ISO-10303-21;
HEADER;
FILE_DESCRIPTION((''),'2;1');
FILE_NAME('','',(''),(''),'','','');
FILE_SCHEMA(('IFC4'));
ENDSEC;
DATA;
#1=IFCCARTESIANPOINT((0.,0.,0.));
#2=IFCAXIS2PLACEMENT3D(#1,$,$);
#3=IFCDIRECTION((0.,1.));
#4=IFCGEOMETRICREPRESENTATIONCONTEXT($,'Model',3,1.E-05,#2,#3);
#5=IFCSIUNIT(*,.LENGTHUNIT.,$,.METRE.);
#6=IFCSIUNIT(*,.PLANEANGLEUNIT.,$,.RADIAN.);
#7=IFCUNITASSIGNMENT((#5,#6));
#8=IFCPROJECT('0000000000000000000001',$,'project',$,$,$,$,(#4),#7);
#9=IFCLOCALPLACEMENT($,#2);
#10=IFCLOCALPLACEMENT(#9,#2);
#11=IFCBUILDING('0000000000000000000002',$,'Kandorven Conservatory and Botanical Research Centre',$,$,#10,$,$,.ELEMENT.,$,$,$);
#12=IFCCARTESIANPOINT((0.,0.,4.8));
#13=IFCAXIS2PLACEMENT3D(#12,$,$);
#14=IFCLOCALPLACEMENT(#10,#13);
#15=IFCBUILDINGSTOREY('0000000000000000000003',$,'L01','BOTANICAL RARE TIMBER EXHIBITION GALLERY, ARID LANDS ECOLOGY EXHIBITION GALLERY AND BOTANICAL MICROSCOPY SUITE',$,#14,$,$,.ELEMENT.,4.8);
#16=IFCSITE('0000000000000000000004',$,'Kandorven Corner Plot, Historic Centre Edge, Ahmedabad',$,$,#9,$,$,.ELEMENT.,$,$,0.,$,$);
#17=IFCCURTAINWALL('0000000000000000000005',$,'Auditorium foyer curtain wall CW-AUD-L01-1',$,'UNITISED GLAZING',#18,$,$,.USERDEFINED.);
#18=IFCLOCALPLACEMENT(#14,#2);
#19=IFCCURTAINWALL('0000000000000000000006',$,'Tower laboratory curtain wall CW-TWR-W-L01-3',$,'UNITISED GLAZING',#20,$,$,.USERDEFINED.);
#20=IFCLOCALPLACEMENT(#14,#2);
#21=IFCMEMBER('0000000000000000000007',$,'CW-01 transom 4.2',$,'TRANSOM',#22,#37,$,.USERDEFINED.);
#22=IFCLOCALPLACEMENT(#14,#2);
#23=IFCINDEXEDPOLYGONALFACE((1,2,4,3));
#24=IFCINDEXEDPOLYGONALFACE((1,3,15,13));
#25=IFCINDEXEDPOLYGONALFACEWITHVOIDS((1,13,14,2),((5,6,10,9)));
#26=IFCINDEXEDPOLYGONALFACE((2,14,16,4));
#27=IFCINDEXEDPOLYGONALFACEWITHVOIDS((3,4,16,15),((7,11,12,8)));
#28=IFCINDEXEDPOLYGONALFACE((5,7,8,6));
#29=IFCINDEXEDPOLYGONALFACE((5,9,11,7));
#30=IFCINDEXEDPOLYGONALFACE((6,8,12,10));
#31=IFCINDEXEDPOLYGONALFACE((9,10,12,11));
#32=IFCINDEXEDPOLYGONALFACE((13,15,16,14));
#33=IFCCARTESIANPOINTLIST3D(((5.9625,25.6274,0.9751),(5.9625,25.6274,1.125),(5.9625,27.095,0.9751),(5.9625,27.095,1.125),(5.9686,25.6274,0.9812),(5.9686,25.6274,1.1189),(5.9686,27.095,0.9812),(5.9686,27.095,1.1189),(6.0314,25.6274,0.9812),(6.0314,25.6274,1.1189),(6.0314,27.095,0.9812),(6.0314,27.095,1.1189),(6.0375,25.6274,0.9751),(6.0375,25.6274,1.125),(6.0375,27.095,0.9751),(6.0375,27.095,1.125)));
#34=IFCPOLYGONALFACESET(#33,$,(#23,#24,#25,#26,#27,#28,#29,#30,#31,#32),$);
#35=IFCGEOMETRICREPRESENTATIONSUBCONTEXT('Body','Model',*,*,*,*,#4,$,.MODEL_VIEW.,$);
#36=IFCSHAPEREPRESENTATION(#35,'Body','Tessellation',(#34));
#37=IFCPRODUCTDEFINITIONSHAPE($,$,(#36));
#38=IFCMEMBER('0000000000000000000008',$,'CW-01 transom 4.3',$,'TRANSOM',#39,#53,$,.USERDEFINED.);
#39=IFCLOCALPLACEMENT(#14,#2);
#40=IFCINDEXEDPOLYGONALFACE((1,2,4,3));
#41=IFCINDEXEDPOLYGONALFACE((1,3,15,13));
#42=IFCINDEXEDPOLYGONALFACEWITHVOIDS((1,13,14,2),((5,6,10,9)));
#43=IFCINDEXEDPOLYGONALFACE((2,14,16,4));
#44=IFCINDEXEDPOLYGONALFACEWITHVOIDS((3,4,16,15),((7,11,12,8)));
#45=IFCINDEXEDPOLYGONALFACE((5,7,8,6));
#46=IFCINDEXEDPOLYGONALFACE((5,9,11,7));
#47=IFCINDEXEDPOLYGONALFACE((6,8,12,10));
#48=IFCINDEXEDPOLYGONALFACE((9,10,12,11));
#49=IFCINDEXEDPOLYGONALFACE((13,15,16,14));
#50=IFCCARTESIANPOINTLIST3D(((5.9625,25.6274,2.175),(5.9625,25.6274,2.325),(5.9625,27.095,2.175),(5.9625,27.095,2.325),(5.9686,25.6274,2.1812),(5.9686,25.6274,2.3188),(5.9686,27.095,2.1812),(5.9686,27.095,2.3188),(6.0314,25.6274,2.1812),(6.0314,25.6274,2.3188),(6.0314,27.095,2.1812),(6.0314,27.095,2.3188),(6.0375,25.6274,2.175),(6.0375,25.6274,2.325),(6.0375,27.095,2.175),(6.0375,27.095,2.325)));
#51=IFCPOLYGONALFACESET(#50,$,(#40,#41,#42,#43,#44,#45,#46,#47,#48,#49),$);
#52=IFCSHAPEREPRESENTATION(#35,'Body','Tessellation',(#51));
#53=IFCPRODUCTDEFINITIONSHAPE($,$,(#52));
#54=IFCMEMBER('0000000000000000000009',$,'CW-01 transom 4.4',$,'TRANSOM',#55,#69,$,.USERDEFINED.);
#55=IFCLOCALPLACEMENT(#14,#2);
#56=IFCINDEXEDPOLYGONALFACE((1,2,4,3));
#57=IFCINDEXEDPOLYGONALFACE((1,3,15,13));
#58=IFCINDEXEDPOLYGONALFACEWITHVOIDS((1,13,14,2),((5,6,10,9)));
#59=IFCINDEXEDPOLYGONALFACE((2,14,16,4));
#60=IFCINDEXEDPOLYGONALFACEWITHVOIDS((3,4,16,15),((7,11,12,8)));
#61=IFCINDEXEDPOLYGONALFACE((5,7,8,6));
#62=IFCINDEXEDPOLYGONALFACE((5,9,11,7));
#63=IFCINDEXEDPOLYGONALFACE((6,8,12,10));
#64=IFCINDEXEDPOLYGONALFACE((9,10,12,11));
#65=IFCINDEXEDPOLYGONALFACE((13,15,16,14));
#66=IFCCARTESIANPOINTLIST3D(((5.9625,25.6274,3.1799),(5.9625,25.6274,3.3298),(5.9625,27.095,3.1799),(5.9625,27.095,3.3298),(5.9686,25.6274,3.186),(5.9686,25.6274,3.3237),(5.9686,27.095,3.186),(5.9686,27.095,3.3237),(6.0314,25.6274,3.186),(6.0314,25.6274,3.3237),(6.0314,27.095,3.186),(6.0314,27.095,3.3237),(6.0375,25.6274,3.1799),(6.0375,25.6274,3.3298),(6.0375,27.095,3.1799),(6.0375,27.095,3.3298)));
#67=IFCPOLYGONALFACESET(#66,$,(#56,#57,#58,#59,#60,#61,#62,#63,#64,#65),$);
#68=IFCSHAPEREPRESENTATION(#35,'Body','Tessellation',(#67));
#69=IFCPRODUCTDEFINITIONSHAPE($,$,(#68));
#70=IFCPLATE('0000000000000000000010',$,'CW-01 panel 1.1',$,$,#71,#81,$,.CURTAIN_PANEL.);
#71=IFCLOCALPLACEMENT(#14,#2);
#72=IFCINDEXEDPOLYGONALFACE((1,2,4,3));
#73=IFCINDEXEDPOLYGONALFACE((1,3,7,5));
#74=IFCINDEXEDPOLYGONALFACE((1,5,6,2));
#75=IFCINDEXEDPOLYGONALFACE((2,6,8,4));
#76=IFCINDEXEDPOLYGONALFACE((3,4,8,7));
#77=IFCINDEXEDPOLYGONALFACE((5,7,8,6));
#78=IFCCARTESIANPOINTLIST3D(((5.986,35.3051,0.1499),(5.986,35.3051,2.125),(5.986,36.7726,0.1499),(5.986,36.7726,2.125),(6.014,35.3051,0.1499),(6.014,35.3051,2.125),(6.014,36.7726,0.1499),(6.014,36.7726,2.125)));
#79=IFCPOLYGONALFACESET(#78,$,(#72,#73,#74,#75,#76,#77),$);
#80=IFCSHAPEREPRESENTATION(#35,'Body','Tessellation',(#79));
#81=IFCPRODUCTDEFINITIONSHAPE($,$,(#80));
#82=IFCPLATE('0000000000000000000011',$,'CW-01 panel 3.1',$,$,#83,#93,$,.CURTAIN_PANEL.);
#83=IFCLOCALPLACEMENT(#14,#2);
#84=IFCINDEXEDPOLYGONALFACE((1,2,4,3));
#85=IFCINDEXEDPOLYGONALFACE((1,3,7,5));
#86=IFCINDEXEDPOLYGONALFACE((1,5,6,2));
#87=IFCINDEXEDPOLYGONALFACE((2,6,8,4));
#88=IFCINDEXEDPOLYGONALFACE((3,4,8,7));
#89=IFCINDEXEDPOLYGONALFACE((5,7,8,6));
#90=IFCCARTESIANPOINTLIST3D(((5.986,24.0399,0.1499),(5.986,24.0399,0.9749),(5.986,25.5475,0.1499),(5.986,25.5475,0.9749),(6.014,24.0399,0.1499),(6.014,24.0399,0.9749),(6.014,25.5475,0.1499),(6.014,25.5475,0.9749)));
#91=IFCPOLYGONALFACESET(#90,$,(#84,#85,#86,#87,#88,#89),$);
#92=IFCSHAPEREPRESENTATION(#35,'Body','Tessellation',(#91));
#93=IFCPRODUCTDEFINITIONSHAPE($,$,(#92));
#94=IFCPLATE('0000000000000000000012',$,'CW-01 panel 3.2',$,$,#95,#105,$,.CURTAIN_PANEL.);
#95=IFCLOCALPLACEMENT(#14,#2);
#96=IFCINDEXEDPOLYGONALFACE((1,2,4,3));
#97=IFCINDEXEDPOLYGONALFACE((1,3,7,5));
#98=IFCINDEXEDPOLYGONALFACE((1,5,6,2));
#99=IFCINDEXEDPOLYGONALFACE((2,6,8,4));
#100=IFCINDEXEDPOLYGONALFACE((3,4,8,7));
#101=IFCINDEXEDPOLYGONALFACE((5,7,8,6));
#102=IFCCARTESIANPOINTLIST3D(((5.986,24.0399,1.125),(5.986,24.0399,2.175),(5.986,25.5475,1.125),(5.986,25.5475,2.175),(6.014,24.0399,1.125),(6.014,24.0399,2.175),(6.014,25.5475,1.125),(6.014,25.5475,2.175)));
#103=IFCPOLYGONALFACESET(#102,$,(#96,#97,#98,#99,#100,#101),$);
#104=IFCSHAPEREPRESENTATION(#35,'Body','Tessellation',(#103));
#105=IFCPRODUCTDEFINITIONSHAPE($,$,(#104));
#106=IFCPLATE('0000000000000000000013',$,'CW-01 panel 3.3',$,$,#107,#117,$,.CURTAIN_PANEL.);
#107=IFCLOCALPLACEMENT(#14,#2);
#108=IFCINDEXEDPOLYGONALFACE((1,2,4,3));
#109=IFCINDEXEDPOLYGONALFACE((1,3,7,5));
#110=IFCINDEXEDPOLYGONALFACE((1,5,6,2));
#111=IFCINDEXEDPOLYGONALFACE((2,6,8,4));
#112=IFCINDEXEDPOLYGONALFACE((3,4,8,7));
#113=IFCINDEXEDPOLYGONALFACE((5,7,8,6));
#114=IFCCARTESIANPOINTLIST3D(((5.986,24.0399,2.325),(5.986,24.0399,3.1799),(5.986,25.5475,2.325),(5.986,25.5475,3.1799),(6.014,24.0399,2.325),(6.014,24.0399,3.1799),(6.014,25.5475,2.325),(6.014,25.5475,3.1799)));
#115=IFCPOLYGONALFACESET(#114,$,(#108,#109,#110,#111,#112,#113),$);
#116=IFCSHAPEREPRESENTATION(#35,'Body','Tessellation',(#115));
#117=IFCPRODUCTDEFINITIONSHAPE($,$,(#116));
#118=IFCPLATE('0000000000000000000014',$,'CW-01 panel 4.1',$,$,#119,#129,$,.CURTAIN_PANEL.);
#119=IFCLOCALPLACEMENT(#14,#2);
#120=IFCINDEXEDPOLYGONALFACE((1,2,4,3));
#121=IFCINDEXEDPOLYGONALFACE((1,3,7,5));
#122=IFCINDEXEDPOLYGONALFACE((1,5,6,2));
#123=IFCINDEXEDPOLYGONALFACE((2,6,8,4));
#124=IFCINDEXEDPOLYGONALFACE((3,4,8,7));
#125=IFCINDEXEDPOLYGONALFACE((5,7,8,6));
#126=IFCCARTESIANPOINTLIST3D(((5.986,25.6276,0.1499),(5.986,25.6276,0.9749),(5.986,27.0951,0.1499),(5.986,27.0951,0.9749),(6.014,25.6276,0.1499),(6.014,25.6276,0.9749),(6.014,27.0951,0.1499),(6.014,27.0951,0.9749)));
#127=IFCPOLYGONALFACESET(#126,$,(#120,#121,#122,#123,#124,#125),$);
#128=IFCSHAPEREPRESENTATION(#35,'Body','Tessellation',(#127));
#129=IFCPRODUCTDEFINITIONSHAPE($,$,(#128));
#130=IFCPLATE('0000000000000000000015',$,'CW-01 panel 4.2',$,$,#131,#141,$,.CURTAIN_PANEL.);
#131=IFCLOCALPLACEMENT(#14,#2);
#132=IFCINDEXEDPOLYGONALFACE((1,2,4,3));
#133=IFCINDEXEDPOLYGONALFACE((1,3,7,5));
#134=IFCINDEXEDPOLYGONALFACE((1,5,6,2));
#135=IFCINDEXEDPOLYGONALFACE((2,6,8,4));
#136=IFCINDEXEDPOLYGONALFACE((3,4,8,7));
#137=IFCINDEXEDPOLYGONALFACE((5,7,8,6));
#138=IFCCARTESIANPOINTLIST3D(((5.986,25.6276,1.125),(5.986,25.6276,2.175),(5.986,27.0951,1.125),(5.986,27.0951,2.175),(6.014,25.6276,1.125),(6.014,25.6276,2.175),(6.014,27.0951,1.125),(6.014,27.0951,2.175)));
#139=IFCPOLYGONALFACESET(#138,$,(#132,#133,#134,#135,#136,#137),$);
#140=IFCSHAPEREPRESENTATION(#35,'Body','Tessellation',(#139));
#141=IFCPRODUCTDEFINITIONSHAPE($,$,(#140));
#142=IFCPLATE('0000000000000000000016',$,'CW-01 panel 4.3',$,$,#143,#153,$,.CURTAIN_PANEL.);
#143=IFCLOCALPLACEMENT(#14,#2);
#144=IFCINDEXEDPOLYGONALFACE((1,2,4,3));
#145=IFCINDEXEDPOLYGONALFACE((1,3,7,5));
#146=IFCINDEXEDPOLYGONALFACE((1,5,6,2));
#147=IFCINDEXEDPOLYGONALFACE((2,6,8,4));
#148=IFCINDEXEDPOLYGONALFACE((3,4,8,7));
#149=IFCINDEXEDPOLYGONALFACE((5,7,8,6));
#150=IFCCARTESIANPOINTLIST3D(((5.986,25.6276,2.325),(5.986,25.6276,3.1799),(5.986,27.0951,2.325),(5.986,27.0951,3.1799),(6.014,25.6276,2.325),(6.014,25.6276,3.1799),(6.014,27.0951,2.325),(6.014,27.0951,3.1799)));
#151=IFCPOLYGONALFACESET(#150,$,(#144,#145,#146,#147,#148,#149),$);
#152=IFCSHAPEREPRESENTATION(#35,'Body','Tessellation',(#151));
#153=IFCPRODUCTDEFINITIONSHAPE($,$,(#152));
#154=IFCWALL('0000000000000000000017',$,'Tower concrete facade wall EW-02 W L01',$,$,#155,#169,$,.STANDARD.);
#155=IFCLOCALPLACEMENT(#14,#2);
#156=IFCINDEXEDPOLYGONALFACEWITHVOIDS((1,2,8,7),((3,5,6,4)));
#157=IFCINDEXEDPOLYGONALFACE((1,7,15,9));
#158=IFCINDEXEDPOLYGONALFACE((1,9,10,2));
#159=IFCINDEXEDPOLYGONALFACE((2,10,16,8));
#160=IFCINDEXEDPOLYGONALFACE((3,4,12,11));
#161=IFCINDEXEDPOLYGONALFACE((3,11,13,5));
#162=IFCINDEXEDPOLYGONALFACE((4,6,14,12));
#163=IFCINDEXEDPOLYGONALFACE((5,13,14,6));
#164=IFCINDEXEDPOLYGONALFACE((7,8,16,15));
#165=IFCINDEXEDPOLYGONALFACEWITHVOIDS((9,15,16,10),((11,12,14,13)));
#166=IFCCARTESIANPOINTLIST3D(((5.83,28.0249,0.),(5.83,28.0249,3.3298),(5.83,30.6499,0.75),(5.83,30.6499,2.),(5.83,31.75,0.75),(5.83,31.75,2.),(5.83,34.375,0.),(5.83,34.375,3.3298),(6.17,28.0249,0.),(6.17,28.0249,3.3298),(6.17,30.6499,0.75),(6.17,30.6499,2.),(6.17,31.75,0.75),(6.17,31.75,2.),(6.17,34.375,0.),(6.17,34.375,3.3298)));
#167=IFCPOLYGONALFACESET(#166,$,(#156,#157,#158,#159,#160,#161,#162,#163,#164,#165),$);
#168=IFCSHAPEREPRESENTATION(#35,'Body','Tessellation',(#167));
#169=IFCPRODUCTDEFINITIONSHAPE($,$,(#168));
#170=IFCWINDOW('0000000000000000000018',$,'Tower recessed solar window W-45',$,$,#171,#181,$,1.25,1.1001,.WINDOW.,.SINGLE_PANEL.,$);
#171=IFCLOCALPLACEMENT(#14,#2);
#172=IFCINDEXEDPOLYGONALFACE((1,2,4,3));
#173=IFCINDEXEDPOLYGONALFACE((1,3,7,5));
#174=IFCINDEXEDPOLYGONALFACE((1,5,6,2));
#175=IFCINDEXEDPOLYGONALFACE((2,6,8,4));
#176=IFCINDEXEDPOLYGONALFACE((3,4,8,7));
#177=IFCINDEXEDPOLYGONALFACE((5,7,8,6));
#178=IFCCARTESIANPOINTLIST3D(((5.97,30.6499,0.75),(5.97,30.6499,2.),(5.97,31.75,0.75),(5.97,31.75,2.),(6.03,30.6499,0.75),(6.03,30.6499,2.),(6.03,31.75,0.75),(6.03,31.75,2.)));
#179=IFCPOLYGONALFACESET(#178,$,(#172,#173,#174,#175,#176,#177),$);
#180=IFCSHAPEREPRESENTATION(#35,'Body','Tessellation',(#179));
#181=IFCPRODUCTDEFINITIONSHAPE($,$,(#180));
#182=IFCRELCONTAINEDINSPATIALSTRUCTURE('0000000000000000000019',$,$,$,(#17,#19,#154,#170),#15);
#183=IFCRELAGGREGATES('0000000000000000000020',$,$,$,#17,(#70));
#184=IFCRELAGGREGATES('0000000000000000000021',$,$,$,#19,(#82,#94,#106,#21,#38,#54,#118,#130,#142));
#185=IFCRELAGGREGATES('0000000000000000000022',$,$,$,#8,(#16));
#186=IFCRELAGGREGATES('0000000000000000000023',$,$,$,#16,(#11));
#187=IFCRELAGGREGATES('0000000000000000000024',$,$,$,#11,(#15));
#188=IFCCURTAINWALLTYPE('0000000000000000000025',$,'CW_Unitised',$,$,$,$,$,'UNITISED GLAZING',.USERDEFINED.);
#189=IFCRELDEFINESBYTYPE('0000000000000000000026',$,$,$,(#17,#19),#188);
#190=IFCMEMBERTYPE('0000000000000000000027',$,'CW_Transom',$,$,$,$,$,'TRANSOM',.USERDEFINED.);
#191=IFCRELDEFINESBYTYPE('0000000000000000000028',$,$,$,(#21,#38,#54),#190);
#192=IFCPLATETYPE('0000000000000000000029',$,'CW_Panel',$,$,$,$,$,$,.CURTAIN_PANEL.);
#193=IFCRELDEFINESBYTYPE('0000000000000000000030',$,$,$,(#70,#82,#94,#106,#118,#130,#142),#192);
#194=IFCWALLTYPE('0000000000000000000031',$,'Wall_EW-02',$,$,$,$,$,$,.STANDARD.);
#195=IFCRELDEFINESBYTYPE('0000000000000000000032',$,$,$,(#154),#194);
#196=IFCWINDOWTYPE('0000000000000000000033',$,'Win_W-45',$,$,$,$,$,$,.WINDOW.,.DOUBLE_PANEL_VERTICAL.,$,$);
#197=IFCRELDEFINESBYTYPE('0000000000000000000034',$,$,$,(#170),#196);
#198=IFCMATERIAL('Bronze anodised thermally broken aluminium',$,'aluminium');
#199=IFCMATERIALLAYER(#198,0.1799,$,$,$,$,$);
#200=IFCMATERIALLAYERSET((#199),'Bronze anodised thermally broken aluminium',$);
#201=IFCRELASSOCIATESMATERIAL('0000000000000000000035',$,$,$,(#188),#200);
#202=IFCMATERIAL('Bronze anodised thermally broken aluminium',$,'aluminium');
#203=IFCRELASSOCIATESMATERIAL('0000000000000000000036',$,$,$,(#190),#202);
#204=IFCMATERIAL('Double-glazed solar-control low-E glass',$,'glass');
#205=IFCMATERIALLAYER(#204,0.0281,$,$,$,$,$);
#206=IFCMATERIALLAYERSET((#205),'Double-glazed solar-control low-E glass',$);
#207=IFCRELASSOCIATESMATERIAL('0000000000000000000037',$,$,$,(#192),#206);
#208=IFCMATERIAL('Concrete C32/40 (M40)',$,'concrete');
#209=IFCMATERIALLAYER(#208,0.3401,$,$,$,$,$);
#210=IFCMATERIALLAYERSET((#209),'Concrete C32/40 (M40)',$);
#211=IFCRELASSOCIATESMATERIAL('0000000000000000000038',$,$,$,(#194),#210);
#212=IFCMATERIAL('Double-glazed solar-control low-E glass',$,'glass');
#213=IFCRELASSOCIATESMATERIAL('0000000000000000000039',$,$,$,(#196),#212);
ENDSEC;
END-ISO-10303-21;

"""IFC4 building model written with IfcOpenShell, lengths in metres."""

from ifc_helpers import new_model, si_unit, direction, frame, frame_2d, origin, origin_2d, place, context, subcontext, project, spatial, rectangle, hollow_rectangle, extrude, material, layer, layer_set, material_profile, profile_set, type_object, element, fill, aggregate, save


model = new_model("IFC4")

# Units and contexts
model_context = context("Model", 3, precision=1e-05, world=origin(), true_north=direction((0.0, 1.0)))
body_context = subcontext(model_context, "Body", "Model", "MODEL_VIEW")
ifc_project = project(units=[si_unit("LENGTHUNIT", "METRE"), si_unit("PLANEANGLEUNIT", "RADIAN")], contexts=[model_context])

# Site, building, storey
site_placement = place(None, origin())
site = spatial("IfcSite", under=ifc_project, at=site_placement, Name="Kandorven Corner Plot, Historic Centre Edge, Ahmedabad", CompositionType="ELEMENT", RefElevation=0.0)
building_placement = place(site_placement, origin())
building = spatial("IfcBuilding", under=site, at=building_placement, Name="Kandorven Conservatory and Botanical Research Centre", CompositionType="ELEMENT")
storey_placement = place(building_placement, frame((0.0, 0.0, 4.8)))
storey = spatial("IfcBuildingStorey", under=building, at=storey_placement, Name="L01", Description="BOTANICAL RARE TIMBER EXHIBITION GALLERY, ARID LANDS ECOLOGY EXHIBITION GALLERY AND BOTANICAL MICROSCOPY SUITE", CompositionType="ELEMENT", Elevation=4.8)

# Curtain wall
ifc_material_1 = material(Name="Bronze anodised thermally broken aluminium", Category="aluminium")
ifc_layer_1 = layer(ifc_material_1, 0.1799)
ifc_layer_set_1 = layer_set([ifc_layer_1], Name="Bronze anodised thermally broken aluminium")
curtain_wall_type = type_object("IfcCurtainWallType", Name="CW_Unitised", ElementType="UNITISED GLAZING", PredefinedType="USERDEFINED", material=ifc_layer_set_1)
curtain_wall_1_placement = place(storey_placement, origin())
curtain_wall_1 = element("IfcCurtainWall", 1, at=curtain_wall_1_placement, inside=storey, type_object=curtain_wall_type, Name="Auditorium foyer curtain wall CW-AUD-L01-1", ObjectType="UNITISED GLAZING", PredefinedType="USERDEFINED")

# Curtain wall
curtain_wall_2_placement = place(storey_placement, origin())
curtain_wall_2 = element("IfcCurtainWall", 2, at=curtain_wall_2_placement, inside=storey, type_object=curtain_wall_type, Name="Tower laboratory curtain wall CW-TWR-W-L01-3", ObjectType="UNITISED GLAZING", PredefinedType="USERDEFINED")

# Members
ifc_material_2 = material(Name="Bronze anodised thermally broken aluminium", Category="aluminium")
ifc_material_profile_1 = material_profile(ifc_material_2, hollow_rectangle(XDim=0.075, YDim=0.1499, WallThickness=0.0061, at=origin_2d()))
ifc_profile_set_1 = profile_set([ifc_material_profile_1], Name="Bronze anodised thermally broken aluminium")
member_type_1 = type_object("IfcMemberType", Name="CW_Transom", ElementType="TRANSOM", PredefinedType="USERDEFINED", material=ifc_profile_set_1)
member_1_placement = place(storey_placement, frame((6.0, 25.6274, 1.05), z_axis=(0.0, 1.0, 0.0), x_axis=(-1.0, 0.0, 0.0)))
member_1 = element("IfcMember", 3, at=member_1_placement, type_object=member_type_1, Name="CW-01 transom 4.2", ObjectType="TRANSOM", PredefinedType="USERDEFINED", context=body_context, shape_type="SweptSolid", body=[
    extrude(hollow_rectangle(XDim=0.075, YDim=0.1499, WallThickness=0.0061, at=origin_2d()), origin(), (0.0, 0.0, 1.0), 1.4675),
])
member_2_placement = place(storey_placement, frame((6.0, 25.6274, 2.25), z_axis=(0.0, 1.0, 0.0), x_axis=(-1.0, 0.0, 0.0)))
member_2 = element("IfcMember", 4, at=member_2_placement, type_object=member_type_1, Name="CW-01 transom 4.3", ObjectType="TRANSOM", PredefinedType="USERDEFINED", context=body_context, shape_type="SweptSolid", body=[
    extrude(hollow_rectangle(XDim=0.075, YDim=0.1499, WallThickness=0.0061, at=origin_2d()), origin(), (0.0, 0.0, 1.0), 1.4675),
])
member_3_placement = place(storey_placement, frame((6.0, 25.6274, 3.2549), z_axis=(0.0, 1.0, 0.0), x_axis=(-1.0, 0.0, 0.0)))
member_3 = element("IfcMember", 5, at=member_3_placement, type_object=member_type_1, Name="CW-01 transom 4.4", ObjectType="TRANSOM", PredefinedType="USERDEFINED", context=body_context, shape_type="SweptSolid", body=[
    extrude(hollow_rectangle(XDim=0.075, YDim=0.1499, WallThickness=0.0061, at=origin_2d()), origin(), (0.0, 0.0, 1.0), 1.4675),
])

# Plates
ifc_material_3 = material(Name="Double-glazed solar-control low-E glass", Category="glass")
ifc_layer_2 = layer(ifc_material_3, 0.0281)
ifc_layer_set_2 = layer_set([ifc_layer_2], Name="Double-glazed solar-control low-E glass")
plate_type = type_object("IfcPlateType", Name="CW_Panel", PredefinedType="CURTAIN_PANEL", material=ifc_layer_set_2)
plate_1_placement = place(storey_placement, frame((6.0, 36.0388, 0.1499), z_axis=(0.0, 0.0, 1.0), x_axis=(0.0, 1.0, 0.0)))
plate_1 = element("IfcPlate", 6, at=plate_1_placement, type_object=plate_type, Name="CW-01 panel 1.1", PredefinedType="CURTAIN_PANEL", context=body_context, shape_type="SweptSolid", body=[
    extrude(rectangle(XDim=1.4675, YDim=0.0281, at=origin_2d()), origin(), (0.0, 0.0, 1.0), 1.9751),
])
aggregate(curtain_wall_1, [plate_1])
plate_2_placement = place(storey_placement, frame((6.0, 24.7937, 0.1499), z_axis=(0.0, 0.0, 1.0), x_axis=(0.0, 1.0, 0.0)))
plate_2 = element("IfcPlate", 7, at=plate_2_placement, type_object=plate_type, Name="CW-01 panel 3.1", PredefinedType="CURTAIN_PANEL", context=body_context, shape_type="SweptSolid", body=[
    extrude(rectangle(XDim=1.5076, YDim=0.0281, at=origin_2d()), origin(), (0.0, 0.0, 1.0), 0.825),
])
plate_3_placement = place(storey_placement, frame((6.0, 24.7937, 1.125), z_axis=(0.0, 0.0, 1.0), x_axis=(0.0, 1.0, 0.0)))
plate_3 = element("IfcPlate", 8, at=plate_3_placement, type_object=plate_type, Name="CW-01 panel 3.2", PredefinedType="CURTAIN_PANEL", context=body_context, shape_type="SweptSolid", body=[
    extrude(rectangle(XDim=1.5076, YDim=0.0281, at=origin_2d()), origin(), (0.0, 0.0, 1.0), 1.05),
])
plate_4_placement = place(storey_placement, frame((6.0, 24.7937, 2.325), z_axis=(0.0, 0.0, 1.0), x_axis=(0.0, 1.0, 0.0)))
plate_4 = element("IfcPlate", 9, at=plate_4_placement, type_object=plate_type, Name="CW-01 panel 3.3", PredefinedType="CURTAIN_PANEL", context=body_context, shape_type="SweptSolid", body=[
    extrude(rectangle(XDim=1.5076, YDim=0.0281, at=origin_2d()), origin(), (0.0, 0.0, 1.0), 0.855),
])
plate_5_placement = place(storey_placement, frame((6.0, 26.3613, 0.1499), z_axis=(0.0, 0.0, 1.0), x_axis=(0.0, 1.0, 0.0)))
plate_5 = element("IfcPlate", 10, at=plate_5_placement, type_object=plate_type, Name="CW-01 panel 4.1", PredefinedType="CURTAIN_PANEL", context=body_context, shape_type="SweptSolid", body=[
    extrude(rectangle(XDim=1.4675, YDim=0.0281, at=origin_2d()), origin(), (0.0, 0.0, 1.0), 0.825),
])
plate_6_placement = place(storey_placement, frame((6.0, 26.3613, 1.125), z_axis=(0.0, 0.0, 1.0), x_axis=(0.0, 1.0, 0.0)))
plate_6 = element("IfcPlate", 11, at=plate_6_placement, type_object=plate_type, Name="CW-01 panel 4.2", PredefinedType="CURTAIN_PANEL", context=body_context, shape_type="SweptSolid", body=[
    extrude(rectangle(XDim=1.4675, YDim=0.0281, at=origin_2d()), origin(), (0.0, 0.0, 1.0), 1.05),
])
plate_7_placement = place(storey_placement, frame((6.0, 26.3613, 2.325), z_axis=(0.0, 0.0, 1.0), x_axis=(0.0, 1.0, 0.0)))
plate_7 = element("IfcPlate", 12, at=plate_7_placement, type_object=plate_type, Name="CW-01 panel 4.3", PredefinedType="CURTAIN_PANEL", context=body_context, shape_type="SweptSolid", body=[
    extrude(rectangle(XDim=1.4675, YDim=0.0281, at=origin_2d()), origin(), (0.0, 0.0, 1.0), 0.855),
])
aggregate(curtain_wall_2, [plate_2, plate_3, plate_4, member_1, member_2, member_3, plate_5, plate_6, plate_7])

# Wall, opening, window
ifc_material_4 = material(Name="Concrete C32/40 (M40)", Category="concrete")
ifc_layer_3 = layer(ifc_material_4, 0.3401)
ifc_layer_set_3 = layer_set([ifc_layer_3], Name="Concrete C32/40 (M40)")
wall_type = type_object("IfcWallType", Name="Wall_EW-02", PredefinedType="STANDARD", material=ifc_layer_set_3)
wall_placement = place(storey_placement, frame((6.0, 28.0249, 0.0), z_axis=(0.0, 0.0, 1.0), x_axis=(0.0, 1.0, 0.0)))
wall = element("IfcWall", 13, at=wall_placement, inside=storey, type_object=wall_type, Name="Tower concrete facade wall EW-02 W L01", PredefinedType="STANDARD", context=body_context, shape_type="SweptSolid", body=[
    extrude(rectangle(XDim=6.3501, YDim=0.3401, at=frame_2d((3.175, 0.0))), origin(), (0.0, 0.0, 1.0), 3.3298),
])
opening_placement = place(wall_placement, frame((2.625, 0.0, 0.75)))
opening = element("IfcOpeningElement", 14, at=opening_placement, cuts=wall, PredefinedType="OPENING", context=body_context, shape_type="SweptSolid", body=[
    extrude(rectangle(XDim=1.1001, YDim=1.25, at=frame_2d((0.55, 0.625))), frame((0.0, 0.1799, 0.0), z_axis=(0.0, -1.0, 0.0), x_axis=(1.0, 0.0, 0.0)), (0.0, 0.0, 1.0), 0.3601),
])
ifc_material_5 = material(Name="Double-glazed solar-control low-E glass", Category="glass")
window_type = type_object("IfcWindowType", Name="Win_W-45", PartitioningType="DOUBLE_PANEL_VERTICAL", PredefinedType="WINDOW", material=ifc_material_5)
window_placement = place(opening_placement, origin())
window = element("IfcWindow", 15, at=window_placement, inside=storey, type_object=window_type, Name="Tower recessed solar window W-45", OverallHeight=1.25, OverallWidth=1.1001, PartitioningType="SINGLE_PANEL", PredefinedType="WINDOW", context=body_context, shape_type="SweptSolid", body=[
    extrude(rectangle(XDim=1.1001, YDim=1.25, at=frame_2d((0.55, 0.625))), frame((0.0, 0.03, 0.0), z_axis=(0.0, -1.0, 0.0), x_axis=(1.0, 0.0, 0.0)), (0.0, 0.0, 1.0), 0.0601),
])
fill(opening, window)

save(model, "model.ifc")
